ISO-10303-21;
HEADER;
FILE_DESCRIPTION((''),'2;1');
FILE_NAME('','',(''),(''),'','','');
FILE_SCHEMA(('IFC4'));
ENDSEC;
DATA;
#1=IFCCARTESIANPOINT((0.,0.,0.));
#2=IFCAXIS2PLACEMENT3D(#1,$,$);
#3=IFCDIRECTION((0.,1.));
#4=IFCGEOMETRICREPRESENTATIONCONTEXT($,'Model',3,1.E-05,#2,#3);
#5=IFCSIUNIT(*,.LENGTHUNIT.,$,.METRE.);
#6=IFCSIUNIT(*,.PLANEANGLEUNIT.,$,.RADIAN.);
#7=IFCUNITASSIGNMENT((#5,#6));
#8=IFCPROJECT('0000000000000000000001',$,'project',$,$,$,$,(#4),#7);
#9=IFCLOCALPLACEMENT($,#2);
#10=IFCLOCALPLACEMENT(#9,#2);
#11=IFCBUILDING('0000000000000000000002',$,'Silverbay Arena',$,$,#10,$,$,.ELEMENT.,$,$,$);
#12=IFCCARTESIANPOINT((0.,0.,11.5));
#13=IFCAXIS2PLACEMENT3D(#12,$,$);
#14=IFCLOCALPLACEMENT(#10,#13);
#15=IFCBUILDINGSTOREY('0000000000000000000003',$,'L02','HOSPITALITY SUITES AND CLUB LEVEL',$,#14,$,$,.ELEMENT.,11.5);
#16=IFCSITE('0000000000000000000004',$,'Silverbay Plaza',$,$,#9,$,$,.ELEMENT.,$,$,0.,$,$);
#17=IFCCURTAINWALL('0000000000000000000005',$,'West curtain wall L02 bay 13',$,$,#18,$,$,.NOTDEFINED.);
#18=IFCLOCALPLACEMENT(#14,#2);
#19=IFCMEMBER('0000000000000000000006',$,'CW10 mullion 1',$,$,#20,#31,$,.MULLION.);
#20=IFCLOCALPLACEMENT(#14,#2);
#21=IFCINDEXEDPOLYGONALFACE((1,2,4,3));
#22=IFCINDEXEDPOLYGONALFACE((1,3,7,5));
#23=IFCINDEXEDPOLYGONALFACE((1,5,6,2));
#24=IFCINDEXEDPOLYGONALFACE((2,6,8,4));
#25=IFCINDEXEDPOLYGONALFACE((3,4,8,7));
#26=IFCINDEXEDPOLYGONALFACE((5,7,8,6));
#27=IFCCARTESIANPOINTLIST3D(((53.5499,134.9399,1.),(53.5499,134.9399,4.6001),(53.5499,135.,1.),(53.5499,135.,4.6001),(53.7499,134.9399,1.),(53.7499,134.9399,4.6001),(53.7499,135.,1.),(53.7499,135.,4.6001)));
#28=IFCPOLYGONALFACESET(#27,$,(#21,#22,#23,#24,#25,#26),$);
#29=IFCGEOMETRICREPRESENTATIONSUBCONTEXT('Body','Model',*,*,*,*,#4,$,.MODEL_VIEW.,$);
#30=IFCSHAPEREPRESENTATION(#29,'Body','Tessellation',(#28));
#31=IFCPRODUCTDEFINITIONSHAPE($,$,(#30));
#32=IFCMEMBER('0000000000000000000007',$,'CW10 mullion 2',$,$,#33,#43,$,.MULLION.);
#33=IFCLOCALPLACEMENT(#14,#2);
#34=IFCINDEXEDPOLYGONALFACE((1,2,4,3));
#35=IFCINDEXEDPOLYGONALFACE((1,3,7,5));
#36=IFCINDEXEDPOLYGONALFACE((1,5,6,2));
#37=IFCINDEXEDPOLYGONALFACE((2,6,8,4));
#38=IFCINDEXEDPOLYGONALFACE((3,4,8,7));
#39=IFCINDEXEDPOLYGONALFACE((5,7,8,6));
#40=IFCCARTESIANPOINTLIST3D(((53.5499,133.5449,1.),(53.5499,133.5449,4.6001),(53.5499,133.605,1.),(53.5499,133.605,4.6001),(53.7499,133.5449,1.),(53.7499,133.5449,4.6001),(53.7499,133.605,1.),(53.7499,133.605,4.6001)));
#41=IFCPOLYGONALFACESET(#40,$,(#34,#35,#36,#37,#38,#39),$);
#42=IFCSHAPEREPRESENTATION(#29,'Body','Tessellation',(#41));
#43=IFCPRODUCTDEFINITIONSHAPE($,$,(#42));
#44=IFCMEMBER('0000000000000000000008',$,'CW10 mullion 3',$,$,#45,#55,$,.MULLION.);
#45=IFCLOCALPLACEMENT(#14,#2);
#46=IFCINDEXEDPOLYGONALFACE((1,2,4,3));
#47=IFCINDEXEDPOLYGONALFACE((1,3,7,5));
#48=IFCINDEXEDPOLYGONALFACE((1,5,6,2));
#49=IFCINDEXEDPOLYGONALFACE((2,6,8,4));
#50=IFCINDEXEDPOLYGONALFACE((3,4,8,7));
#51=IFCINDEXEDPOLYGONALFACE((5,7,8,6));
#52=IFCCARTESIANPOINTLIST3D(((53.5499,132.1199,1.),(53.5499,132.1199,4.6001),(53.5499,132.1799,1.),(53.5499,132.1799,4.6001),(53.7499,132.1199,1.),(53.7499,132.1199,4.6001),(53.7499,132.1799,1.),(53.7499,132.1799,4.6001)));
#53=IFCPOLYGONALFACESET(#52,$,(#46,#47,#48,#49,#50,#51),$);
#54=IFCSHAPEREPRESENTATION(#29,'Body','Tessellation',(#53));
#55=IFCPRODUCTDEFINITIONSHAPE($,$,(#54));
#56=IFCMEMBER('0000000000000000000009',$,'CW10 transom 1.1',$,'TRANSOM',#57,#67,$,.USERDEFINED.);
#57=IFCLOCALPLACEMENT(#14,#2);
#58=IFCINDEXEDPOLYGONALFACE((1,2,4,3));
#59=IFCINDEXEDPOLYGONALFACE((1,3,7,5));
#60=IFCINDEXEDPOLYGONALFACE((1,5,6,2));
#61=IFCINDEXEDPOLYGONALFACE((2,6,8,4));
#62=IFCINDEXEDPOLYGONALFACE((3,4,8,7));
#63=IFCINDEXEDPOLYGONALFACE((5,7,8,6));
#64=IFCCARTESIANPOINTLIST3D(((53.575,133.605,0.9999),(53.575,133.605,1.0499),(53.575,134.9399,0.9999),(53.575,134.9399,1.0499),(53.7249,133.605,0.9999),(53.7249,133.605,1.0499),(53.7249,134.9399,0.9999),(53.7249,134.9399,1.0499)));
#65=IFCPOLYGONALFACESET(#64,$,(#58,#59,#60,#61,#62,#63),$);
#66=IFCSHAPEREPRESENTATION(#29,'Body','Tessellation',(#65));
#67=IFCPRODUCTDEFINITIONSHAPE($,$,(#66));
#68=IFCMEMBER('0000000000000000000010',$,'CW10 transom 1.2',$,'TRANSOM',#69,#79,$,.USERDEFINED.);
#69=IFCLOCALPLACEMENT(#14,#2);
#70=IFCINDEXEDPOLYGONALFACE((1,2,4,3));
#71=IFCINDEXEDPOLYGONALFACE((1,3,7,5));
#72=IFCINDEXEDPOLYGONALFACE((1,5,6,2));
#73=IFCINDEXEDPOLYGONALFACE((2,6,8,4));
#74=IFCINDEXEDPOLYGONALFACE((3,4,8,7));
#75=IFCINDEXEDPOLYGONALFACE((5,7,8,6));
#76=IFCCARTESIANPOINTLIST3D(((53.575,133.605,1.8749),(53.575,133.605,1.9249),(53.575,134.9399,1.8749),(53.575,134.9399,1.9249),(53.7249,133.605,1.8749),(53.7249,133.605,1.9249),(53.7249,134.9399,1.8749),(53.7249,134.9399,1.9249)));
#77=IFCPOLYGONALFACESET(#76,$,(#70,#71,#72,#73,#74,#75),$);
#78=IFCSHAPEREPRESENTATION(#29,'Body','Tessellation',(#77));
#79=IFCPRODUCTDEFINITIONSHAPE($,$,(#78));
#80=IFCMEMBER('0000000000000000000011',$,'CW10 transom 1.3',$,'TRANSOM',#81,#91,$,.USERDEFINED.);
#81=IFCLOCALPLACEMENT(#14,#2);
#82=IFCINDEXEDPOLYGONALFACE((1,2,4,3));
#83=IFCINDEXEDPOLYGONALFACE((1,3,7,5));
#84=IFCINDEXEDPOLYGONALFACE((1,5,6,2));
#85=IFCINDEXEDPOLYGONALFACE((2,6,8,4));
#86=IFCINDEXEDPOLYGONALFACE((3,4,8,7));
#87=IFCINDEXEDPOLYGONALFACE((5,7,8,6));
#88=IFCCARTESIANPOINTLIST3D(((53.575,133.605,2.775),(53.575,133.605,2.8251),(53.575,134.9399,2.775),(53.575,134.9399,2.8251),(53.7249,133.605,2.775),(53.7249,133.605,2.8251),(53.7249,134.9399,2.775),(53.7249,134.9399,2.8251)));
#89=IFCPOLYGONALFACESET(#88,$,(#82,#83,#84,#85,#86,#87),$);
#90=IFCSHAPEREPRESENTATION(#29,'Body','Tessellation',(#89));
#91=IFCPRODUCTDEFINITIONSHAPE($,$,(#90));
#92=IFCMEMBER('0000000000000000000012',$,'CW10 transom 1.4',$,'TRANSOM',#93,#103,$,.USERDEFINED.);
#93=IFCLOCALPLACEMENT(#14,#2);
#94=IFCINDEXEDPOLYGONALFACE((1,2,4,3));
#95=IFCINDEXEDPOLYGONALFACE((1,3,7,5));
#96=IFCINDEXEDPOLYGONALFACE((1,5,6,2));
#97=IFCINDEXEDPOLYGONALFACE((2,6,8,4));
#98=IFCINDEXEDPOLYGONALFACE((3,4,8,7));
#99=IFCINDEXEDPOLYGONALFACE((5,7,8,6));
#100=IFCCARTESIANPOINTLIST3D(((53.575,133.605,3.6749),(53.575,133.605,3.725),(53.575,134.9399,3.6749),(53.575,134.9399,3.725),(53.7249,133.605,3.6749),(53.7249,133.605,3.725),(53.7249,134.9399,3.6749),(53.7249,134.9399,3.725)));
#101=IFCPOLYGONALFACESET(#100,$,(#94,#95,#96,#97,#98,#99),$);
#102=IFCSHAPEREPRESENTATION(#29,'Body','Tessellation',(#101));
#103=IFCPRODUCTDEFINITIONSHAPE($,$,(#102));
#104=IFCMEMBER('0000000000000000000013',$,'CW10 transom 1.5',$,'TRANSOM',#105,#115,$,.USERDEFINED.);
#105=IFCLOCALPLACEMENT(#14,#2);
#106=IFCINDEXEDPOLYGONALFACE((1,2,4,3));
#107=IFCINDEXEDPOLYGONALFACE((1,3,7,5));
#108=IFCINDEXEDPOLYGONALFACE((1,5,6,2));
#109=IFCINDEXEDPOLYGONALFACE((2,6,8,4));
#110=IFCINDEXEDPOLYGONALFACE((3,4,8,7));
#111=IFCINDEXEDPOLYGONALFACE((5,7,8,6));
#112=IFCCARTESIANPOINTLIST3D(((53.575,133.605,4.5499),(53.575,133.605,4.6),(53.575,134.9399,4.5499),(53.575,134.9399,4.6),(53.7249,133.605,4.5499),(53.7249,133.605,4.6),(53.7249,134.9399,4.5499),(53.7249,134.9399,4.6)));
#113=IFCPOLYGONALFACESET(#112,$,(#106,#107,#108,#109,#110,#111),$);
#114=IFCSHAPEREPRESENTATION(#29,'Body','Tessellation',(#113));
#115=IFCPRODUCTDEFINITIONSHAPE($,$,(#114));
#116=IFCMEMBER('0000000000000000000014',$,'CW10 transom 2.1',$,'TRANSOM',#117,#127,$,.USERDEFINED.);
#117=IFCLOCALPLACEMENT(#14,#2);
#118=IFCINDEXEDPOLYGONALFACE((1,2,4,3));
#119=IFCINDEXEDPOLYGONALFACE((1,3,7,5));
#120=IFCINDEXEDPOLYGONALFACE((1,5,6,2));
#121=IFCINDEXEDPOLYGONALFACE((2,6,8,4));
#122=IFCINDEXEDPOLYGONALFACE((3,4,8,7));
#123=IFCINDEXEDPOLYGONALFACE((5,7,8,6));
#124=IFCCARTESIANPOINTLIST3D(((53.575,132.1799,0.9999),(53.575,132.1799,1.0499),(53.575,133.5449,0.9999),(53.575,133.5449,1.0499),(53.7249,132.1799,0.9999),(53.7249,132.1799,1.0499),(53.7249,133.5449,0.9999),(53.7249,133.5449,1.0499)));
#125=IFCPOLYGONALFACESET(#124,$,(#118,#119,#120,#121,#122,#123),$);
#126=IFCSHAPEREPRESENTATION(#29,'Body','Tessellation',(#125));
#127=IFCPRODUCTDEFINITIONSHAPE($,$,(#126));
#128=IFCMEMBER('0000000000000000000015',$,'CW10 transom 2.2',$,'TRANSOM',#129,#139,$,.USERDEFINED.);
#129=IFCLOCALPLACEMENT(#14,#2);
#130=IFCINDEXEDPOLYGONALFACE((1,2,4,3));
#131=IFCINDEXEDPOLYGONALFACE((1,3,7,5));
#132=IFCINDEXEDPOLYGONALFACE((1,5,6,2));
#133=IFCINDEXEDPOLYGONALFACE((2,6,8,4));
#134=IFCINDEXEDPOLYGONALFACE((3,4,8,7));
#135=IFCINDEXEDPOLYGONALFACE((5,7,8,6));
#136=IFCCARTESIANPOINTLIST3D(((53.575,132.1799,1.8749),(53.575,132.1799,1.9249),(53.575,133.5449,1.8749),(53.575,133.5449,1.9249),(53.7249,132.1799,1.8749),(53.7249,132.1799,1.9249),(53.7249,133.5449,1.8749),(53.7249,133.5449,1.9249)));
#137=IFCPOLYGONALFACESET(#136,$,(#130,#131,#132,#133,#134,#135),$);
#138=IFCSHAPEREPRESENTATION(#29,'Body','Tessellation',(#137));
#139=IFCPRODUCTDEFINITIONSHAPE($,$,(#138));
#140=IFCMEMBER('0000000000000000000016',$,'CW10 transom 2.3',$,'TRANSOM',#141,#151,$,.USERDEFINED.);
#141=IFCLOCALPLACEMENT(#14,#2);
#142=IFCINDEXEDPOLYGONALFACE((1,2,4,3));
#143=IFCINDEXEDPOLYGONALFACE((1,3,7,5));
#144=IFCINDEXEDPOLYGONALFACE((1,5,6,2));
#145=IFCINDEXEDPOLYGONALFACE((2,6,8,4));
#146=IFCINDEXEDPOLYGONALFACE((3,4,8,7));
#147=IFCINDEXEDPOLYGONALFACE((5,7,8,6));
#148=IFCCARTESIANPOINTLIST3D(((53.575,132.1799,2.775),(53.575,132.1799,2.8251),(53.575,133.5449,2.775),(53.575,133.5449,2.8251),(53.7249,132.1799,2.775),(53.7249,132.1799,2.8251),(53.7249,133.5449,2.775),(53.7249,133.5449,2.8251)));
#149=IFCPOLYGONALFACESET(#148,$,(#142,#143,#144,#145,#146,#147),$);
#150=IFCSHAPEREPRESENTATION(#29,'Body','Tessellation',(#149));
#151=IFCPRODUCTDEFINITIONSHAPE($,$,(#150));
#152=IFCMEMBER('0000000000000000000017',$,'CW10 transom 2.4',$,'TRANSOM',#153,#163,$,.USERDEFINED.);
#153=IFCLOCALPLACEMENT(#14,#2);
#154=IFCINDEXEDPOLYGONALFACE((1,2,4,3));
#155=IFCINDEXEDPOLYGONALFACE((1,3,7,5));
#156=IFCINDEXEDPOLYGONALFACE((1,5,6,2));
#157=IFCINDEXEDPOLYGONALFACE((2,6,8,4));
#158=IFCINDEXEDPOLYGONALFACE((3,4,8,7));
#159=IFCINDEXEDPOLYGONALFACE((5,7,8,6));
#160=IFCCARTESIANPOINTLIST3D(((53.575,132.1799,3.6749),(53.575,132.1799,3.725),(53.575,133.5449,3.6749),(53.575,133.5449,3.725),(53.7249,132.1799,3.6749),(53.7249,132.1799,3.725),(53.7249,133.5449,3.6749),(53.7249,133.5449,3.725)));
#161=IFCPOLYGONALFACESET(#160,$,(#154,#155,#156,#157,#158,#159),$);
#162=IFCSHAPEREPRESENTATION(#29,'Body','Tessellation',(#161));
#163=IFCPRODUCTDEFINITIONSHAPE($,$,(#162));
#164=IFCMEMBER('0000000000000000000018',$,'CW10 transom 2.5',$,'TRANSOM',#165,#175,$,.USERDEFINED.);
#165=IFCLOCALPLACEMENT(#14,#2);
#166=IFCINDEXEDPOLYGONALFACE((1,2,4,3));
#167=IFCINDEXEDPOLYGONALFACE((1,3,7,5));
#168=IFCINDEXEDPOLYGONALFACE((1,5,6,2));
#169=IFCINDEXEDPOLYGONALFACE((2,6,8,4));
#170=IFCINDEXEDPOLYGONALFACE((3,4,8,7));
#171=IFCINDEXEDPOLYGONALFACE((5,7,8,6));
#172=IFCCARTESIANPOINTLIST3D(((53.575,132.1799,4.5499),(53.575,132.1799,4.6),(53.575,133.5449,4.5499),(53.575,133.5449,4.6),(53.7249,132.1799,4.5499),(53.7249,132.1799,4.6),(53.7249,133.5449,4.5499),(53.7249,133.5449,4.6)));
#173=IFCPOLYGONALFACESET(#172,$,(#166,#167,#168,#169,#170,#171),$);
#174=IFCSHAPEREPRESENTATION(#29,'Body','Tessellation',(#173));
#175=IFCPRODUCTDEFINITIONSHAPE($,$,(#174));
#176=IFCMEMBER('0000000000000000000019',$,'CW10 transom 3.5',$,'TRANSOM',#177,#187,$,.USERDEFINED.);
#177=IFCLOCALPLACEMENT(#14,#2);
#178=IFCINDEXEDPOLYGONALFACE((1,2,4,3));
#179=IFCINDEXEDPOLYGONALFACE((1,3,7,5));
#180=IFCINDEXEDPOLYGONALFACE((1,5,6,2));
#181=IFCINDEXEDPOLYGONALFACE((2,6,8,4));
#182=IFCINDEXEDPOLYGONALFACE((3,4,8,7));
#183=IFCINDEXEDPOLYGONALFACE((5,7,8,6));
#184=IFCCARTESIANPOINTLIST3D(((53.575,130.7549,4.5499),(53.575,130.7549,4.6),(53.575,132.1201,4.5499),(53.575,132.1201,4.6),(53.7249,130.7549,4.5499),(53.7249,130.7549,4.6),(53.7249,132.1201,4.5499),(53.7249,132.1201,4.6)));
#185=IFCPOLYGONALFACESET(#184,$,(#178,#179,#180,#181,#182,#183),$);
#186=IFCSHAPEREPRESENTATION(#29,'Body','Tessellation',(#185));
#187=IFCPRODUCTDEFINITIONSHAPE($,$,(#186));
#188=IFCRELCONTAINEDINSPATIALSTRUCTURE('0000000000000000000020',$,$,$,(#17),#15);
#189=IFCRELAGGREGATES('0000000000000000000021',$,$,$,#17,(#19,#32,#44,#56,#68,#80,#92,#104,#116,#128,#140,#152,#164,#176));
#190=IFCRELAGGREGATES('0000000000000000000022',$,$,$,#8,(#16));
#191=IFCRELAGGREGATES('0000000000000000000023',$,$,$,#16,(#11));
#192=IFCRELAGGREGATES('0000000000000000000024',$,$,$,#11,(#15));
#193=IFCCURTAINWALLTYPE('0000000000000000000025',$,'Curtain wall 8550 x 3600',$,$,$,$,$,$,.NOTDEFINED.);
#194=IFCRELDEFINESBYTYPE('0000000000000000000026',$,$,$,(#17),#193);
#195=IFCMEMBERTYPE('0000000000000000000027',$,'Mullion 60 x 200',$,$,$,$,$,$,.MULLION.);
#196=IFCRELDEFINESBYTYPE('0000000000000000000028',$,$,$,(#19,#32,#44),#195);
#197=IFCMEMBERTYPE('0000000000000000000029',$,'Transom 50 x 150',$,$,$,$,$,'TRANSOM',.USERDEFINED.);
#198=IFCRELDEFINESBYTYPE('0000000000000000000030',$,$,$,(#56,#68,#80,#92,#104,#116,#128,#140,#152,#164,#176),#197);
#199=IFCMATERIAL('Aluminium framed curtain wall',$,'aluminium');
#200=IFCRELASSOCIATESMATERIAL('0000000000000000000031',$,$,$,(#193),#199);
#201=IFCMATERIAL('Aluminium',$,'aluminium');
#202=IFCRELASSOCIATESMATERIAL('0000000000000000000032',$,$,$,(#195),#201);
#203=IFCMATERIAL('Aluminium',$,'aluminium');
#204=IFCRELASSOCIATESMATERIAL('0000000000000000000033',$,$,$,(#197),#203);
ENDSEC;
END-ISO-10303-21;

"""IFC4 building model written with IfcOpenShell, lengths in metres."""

from ifc_helpers import new_model, si_unit, direction, frame, origin, origin_2d, place, context, subcontext, project, spatial, rectangle, extrude, material, material_profile, profile_set, type_object, element, aggregate, save


model = new_model("IFC4")

# Units and contexts
model_context = context("Model", 3, precision=1e-05, world=origin(), true_north=direction((0.0, 1.0)))
body_context = subcontext(model_context, "Body", "Model", "MODEL_VIEW")
ifc_project = project(units=[si_unit("LENGTHUNIT", "METRE"), si_unit("PLANEANGLEUNIT", "RADIAN")], contexts=[model_context])

# Site, building, storey
site_placement = place(None, origin())
site = spatial("IfcSite", under=ifc_project, at=site_placement, Name="Silverbay Plaza", CompositionType="ELEMENT", RefElevation=0.0)
building_placement = place(site_placement, origin())
building = spatial("IfcBuilding", under=site, at=building_placement, Name="Silverbay Arena", CompositionType="ELEMENT")
storey_placement = place(building_placement, frame((0.0, 0.0, 11.5)))
storey = spatial("IfcBuildingStorey", under=building, at=storey_placement, Name="L02", Description="HOSPITALITY SUITES AND CLUB LEVEL", CompositionType="ELEMENT", Elevation=11.5)

# Curtain wall, members
ifc_material_1 = material(Name="Aluminium framed curtain wall", Category="aluminium")
curtain_wall_type = type_object("IfcCurtainWallType", Name="Curtain wall 8550 x 3600", PredefinedType="NOTDEFINED", material=ifc_material_1)
curtain_wall_placement = place(storey_placement, origin())
curtain_wall = element("IfcCurtainWall", 1, at=curtain_wall_placement, inside=storey, type_object=curtain_wall_type, Name="West curtain wall L02 bay 13", PredefinedType="NOTDEFINED")
ifc_material_2 = material(Name="Aluminium", Category="aluminium")
ifc_material_profile_1 = material_profile(ifc_material_2, rectangle(XDim=0.2, YDim=0.0601, at=origin_2d()), Name="Mullion 60 x 200")
ifc_profile_set_1 = profile_set([ifc_material_profile_1], Name="Aluminium")
member_type_1 = type_object("IfcMemberType", Name="Mullion 60 x 200", PredefinedType="MULLION", material=ifc_profile_set_1)
member_1_placement = place(storey_placement, frame((53.6499, 134.97, 1.0), z_axis=(0.0, 0.0, 1.0), x_axis=(1.0, 0.0, 0.0)))
member_1 = element("IfcMember", 2, at=member_1_placement, type_object=member_type_1, Name="CW10 mullion 1", PredefinedType="MULLION", context=body_context, shape_type="SweptSolid", body=[
    extrude(rectangle(XDim=0.2, YDim=0.0601, at=origin_2d()), origin(), (0.0, 0.0, 1.0), 3.6001),
])
member_2_placement = place(storey_placement, frame((53.6499, 133.575, 1.0), z_axis=(0.0, 0.0, 1.0), x_axis=(1.0, 0.0, 0.0)))
member_2 = element("IfcMember", 3, at=member_2_placement, type_object=member_type_1, Name="CW10 mullion 2", PredefinedType="MULLION", context=body_context, shape_type="SweptSolid", body=[
    extrude(rectangle(XDim=0.2, YDim=0.0601, at=origin_2d()), origin(), (0.0, 0.0, 1.0), 3.6001),
])
member_3_placement = place(storey_placement, frame((53.6499, 132.1499, 1.0), z_axis=(0.0, 0.0, 1.0), x_axis=(1.0, 0.0, 0.0)))
member_3 = element("IfcMember", 4, at=member_3_placement, type_object=member_type_1, Name="CW10 mullion 3", PredefinedType="MULLION", context=body_context, shape_type="SweptSolid", body=[
    extrude(rectangle(XDim=0.2, YDim=0.0601, at=origin_2d()), origin(), (0.0, 0.0, 1.0), 3.6001),
])
ifc_material_3 = material(Name="Aluminium", Category="aluminium")
ifc_material_profile_2 = material_profile(ifc_material_3, rectangle(XDim=0.1499, YDim=0.05, at=origin_2d()), Name="Transom 50 x 150")
ifc_profile_set_2 = profile_set([ifc_material_profile_2], Name="Aluminium")
member_type_2 = type_object("IfcMemberType", Name="Transom 50 x 150", ElementType="TRANSOM", PredefinedType="USERDEFINED", material=ifc_profile_set_2)
member_4_placement = place(storey_placement, frame((53.6499, 134.9399, 1.0249), z_axis=(0.0, -1.0, 0.0), x_axis=(1.0, 0.0, 0.0)))
member_4 = element("IfcMember", 5, at=member_4_placement, type_object=member_type_2, Name="CW10 transom 1.1", ObjectType="TRANSOM", PredefinedType="USERDEFINED", context=body_context, shape_type="SweptSolid", body=[
    extrude(rectangle(XDim=0.1499, YDim=0.05, at=origin_2d()), origin(), (0.0, 0.0, 1.0), 1.335),
])
member_5_placement = place(storey_placement, frame((53.6499, 134.9399, 1.8999), z_axis=(0.0, -1.0, 0.0), x_axis=(1.0, 0.0, 0.0)))
member_5 = element("IfcMember", 6, at=member_5_placement, type_object=member_type_2, Name="CW10 transom 1.2", ObjectType="TRANSOM", PredefinedType="USERDEFINED", context=body_context, shape_type="SweptSolid", body=[
    extrude(rectangle(XDim=0.1499, YDim=0.05, at=origin_2d()), origin(), (0.0, 0.0, 1.0), 1.335),
])
member_6_placement = place(storey_placement, frame((53.6499, 134.9399, 2.8), z_axis=(0.0, -1.0, 0.0), x_axis=(1.0, 0.0, 0.0)))
member_6 = element("IfcMember", 7, at=member_6_placement, type_object=member_type_2, Name="CW10 transom 1.3", ObjectType="TRANSOM", PredefinedType="USERDEFINED", context=body_context, shape_type="SweptSolid", body=[
    extrude(rectangle(XDim=0.1499, YDim=0.05, at=origin_2d()), origin(), (0.0, 0.0, 1.0), 1.335),
])
member_7_placement = place(storey_placement, frame((53.6499, 134.9399, 3.7), z_axis=(0.0, -1.0, 0.0), x_axis=(1.0, 0.0, 0.0)))
member_7 = element("IfcMember", 8, at=member_7_placement, type_object=member_type_2, Name="CW10 transom 1.4", ObjectType="TRANSOM", PredefinedType="USERDEFINED", context=body_context, shape_type="SweptSolid", body=[
    extrude(rectangle(XDim=0.1499, YDim=0.05, at=origin_2d()), origin(), (0.0, 0.0, 1.0), 1.335),
])
member_8_placement = place(storey_placement, frame((53.6499, 134.9399, 4.575), z_axis=(0.0, -1.0, 0.0), x_axis=(1.0, 0.0, 0.0)))
member_8 = element("IfcMember", 9, at=member_8_placement, type_object=member_type_2, Name="CW10 transom 1.5", ObjectType="TRANSOM", PredefinedType="USERDEFINED", context=body_context, shape_type="SweptSolid", body=[
    extrude(rectangle(XDim=0.1499, YDim=0.05, at=origin_2d()), origin(), (0.0, 0.0, 1.0), 1.335),
])
member_9_placement = place(storey_placement, frame((53.6499, 133.5449, 1.0249), z_axis=(0.0, -1.0, 0.0), x_axis=(1.0, 0.0, 0.0)))
member_9 = element("IfcMember", 10, at=member_9_placement, type_object=member_type_2, Name="CW10 transom 2.1", ObjectType="TRANSOM", PredefinedType="USERDEFINED", context=body_context, shape_type="SweptSolid", body=[
    extrude(rectangle(XDim=0.1499, YDim=0.05, at=origin_2d()), origin(), (0.0, 0.0, 1.0), 1.365),
])
member_10_placement = place(storey_placement, frame((53.6499, 133.5449, 1.8999), z_axis=(0.0, -1.0, 0.0), x_axis=(1.0, 0.0, 0.0)))
member_10 = element("IfcMember", 11, at=member_10_placement, type_object=member_type_2, Name="CW10 transom 2.2", ObjectType="TRANSOM", PredefinedType="USERDEFINED", context=body_context, shape_type="SweptSolid", body=[
    extrude(rectangle(XDim=0.1499, YDim=0.05, at=origin_2d()), origin(), (0.0, 0.0, 1.0), 1.365),
])
member_11_placement = place(storey_placement, frame((53.6499, 133.5449, 2.8), z_axis=(0.0, -1.0, 0.0), x_axis=(1.0, 0.0, 0.0)))
member_11 = element("IfcMember", 12, at=member_11_placement, type_object=member_type_2, Name="CW10 transom 2.3", ObjectType="TRANSOM", PredefinedType="USERDEFINED", context=body_context, shape_type="SweptSolid", body=[
    extrude(rectangle(XDim=0.1499, YDim=0.05, at=origin_2d()), origin(), (0.0, 0.0, 1.0), 1.365),
])
member_12_placement = place(storey_placement, frame((53.6499, 133.5449, 3.7), z_axis=(0.0, -1.0, 0.0), x_axis=(1.0, 0.0, 0.0)))
member_12 = element("IfcMember", 13, at=member_12_placement, type_object=member_type_2, Name="CW10 transom 2.4", ObjectType="TRANSOM", PredefinedType="USERDEFINED", context=body_context, shape_type="SweptSolid", body=[
    extrude(rectangle(XDim=0.1499, YDim=0.05, at=origin_2d()), origin(), (0.0, 0.0, 1.0), 1.365),
])
member_13_placement = place(storey_placement, frame((53.6499, 133.5449, 4.575), z_axis=(0.0, -1.0, 0.0), x_axis=(1.0, 0.0, 0.0)))
member_13 = element("IfcMember", 14, at=member_13_placement, type_object=member_type_2, Name="CW10 transom 2.5", ObjectType="TRANSOM", PredefinedType="USERDEFINED", context=body_context, shape_type="SweptSolid", body=[
    extrude(rectangle(XDim=0.1499, YDim=0.05, at=origin_2d()), origin(), (0.0, 0.0, 1.0), 1.365),
])
member_14_placement = place(storey_placement, frame((53.6499, 132.1201, 4.575), z_axis=(0.0, -1.0, 0.0), x_axis=(1.0, 0.0, 0.0)))
member_14 = element("IfcMember", 15, at=member_14_placement, type_object=member_type_2, Name="CW10 transom 3.5", ObjectType="TRANSOM", PredefinedType="USERDEFINED", context=body_context, shape_type="SweptSolid", body=[
    extrude(rectangle(XDim=0.1499, YDim=0.05, at=origin_2d()), origin(), (0.0, 0.0, 1.0), 1.3652),
])
aggregate(curtain_wall, [member_1, member_2, member_3, member_4, member_5, member_6, member_7, member_8, member_9, member_10, member_11, member_12, member_13, member_14])

save(model, "model.ifc")
